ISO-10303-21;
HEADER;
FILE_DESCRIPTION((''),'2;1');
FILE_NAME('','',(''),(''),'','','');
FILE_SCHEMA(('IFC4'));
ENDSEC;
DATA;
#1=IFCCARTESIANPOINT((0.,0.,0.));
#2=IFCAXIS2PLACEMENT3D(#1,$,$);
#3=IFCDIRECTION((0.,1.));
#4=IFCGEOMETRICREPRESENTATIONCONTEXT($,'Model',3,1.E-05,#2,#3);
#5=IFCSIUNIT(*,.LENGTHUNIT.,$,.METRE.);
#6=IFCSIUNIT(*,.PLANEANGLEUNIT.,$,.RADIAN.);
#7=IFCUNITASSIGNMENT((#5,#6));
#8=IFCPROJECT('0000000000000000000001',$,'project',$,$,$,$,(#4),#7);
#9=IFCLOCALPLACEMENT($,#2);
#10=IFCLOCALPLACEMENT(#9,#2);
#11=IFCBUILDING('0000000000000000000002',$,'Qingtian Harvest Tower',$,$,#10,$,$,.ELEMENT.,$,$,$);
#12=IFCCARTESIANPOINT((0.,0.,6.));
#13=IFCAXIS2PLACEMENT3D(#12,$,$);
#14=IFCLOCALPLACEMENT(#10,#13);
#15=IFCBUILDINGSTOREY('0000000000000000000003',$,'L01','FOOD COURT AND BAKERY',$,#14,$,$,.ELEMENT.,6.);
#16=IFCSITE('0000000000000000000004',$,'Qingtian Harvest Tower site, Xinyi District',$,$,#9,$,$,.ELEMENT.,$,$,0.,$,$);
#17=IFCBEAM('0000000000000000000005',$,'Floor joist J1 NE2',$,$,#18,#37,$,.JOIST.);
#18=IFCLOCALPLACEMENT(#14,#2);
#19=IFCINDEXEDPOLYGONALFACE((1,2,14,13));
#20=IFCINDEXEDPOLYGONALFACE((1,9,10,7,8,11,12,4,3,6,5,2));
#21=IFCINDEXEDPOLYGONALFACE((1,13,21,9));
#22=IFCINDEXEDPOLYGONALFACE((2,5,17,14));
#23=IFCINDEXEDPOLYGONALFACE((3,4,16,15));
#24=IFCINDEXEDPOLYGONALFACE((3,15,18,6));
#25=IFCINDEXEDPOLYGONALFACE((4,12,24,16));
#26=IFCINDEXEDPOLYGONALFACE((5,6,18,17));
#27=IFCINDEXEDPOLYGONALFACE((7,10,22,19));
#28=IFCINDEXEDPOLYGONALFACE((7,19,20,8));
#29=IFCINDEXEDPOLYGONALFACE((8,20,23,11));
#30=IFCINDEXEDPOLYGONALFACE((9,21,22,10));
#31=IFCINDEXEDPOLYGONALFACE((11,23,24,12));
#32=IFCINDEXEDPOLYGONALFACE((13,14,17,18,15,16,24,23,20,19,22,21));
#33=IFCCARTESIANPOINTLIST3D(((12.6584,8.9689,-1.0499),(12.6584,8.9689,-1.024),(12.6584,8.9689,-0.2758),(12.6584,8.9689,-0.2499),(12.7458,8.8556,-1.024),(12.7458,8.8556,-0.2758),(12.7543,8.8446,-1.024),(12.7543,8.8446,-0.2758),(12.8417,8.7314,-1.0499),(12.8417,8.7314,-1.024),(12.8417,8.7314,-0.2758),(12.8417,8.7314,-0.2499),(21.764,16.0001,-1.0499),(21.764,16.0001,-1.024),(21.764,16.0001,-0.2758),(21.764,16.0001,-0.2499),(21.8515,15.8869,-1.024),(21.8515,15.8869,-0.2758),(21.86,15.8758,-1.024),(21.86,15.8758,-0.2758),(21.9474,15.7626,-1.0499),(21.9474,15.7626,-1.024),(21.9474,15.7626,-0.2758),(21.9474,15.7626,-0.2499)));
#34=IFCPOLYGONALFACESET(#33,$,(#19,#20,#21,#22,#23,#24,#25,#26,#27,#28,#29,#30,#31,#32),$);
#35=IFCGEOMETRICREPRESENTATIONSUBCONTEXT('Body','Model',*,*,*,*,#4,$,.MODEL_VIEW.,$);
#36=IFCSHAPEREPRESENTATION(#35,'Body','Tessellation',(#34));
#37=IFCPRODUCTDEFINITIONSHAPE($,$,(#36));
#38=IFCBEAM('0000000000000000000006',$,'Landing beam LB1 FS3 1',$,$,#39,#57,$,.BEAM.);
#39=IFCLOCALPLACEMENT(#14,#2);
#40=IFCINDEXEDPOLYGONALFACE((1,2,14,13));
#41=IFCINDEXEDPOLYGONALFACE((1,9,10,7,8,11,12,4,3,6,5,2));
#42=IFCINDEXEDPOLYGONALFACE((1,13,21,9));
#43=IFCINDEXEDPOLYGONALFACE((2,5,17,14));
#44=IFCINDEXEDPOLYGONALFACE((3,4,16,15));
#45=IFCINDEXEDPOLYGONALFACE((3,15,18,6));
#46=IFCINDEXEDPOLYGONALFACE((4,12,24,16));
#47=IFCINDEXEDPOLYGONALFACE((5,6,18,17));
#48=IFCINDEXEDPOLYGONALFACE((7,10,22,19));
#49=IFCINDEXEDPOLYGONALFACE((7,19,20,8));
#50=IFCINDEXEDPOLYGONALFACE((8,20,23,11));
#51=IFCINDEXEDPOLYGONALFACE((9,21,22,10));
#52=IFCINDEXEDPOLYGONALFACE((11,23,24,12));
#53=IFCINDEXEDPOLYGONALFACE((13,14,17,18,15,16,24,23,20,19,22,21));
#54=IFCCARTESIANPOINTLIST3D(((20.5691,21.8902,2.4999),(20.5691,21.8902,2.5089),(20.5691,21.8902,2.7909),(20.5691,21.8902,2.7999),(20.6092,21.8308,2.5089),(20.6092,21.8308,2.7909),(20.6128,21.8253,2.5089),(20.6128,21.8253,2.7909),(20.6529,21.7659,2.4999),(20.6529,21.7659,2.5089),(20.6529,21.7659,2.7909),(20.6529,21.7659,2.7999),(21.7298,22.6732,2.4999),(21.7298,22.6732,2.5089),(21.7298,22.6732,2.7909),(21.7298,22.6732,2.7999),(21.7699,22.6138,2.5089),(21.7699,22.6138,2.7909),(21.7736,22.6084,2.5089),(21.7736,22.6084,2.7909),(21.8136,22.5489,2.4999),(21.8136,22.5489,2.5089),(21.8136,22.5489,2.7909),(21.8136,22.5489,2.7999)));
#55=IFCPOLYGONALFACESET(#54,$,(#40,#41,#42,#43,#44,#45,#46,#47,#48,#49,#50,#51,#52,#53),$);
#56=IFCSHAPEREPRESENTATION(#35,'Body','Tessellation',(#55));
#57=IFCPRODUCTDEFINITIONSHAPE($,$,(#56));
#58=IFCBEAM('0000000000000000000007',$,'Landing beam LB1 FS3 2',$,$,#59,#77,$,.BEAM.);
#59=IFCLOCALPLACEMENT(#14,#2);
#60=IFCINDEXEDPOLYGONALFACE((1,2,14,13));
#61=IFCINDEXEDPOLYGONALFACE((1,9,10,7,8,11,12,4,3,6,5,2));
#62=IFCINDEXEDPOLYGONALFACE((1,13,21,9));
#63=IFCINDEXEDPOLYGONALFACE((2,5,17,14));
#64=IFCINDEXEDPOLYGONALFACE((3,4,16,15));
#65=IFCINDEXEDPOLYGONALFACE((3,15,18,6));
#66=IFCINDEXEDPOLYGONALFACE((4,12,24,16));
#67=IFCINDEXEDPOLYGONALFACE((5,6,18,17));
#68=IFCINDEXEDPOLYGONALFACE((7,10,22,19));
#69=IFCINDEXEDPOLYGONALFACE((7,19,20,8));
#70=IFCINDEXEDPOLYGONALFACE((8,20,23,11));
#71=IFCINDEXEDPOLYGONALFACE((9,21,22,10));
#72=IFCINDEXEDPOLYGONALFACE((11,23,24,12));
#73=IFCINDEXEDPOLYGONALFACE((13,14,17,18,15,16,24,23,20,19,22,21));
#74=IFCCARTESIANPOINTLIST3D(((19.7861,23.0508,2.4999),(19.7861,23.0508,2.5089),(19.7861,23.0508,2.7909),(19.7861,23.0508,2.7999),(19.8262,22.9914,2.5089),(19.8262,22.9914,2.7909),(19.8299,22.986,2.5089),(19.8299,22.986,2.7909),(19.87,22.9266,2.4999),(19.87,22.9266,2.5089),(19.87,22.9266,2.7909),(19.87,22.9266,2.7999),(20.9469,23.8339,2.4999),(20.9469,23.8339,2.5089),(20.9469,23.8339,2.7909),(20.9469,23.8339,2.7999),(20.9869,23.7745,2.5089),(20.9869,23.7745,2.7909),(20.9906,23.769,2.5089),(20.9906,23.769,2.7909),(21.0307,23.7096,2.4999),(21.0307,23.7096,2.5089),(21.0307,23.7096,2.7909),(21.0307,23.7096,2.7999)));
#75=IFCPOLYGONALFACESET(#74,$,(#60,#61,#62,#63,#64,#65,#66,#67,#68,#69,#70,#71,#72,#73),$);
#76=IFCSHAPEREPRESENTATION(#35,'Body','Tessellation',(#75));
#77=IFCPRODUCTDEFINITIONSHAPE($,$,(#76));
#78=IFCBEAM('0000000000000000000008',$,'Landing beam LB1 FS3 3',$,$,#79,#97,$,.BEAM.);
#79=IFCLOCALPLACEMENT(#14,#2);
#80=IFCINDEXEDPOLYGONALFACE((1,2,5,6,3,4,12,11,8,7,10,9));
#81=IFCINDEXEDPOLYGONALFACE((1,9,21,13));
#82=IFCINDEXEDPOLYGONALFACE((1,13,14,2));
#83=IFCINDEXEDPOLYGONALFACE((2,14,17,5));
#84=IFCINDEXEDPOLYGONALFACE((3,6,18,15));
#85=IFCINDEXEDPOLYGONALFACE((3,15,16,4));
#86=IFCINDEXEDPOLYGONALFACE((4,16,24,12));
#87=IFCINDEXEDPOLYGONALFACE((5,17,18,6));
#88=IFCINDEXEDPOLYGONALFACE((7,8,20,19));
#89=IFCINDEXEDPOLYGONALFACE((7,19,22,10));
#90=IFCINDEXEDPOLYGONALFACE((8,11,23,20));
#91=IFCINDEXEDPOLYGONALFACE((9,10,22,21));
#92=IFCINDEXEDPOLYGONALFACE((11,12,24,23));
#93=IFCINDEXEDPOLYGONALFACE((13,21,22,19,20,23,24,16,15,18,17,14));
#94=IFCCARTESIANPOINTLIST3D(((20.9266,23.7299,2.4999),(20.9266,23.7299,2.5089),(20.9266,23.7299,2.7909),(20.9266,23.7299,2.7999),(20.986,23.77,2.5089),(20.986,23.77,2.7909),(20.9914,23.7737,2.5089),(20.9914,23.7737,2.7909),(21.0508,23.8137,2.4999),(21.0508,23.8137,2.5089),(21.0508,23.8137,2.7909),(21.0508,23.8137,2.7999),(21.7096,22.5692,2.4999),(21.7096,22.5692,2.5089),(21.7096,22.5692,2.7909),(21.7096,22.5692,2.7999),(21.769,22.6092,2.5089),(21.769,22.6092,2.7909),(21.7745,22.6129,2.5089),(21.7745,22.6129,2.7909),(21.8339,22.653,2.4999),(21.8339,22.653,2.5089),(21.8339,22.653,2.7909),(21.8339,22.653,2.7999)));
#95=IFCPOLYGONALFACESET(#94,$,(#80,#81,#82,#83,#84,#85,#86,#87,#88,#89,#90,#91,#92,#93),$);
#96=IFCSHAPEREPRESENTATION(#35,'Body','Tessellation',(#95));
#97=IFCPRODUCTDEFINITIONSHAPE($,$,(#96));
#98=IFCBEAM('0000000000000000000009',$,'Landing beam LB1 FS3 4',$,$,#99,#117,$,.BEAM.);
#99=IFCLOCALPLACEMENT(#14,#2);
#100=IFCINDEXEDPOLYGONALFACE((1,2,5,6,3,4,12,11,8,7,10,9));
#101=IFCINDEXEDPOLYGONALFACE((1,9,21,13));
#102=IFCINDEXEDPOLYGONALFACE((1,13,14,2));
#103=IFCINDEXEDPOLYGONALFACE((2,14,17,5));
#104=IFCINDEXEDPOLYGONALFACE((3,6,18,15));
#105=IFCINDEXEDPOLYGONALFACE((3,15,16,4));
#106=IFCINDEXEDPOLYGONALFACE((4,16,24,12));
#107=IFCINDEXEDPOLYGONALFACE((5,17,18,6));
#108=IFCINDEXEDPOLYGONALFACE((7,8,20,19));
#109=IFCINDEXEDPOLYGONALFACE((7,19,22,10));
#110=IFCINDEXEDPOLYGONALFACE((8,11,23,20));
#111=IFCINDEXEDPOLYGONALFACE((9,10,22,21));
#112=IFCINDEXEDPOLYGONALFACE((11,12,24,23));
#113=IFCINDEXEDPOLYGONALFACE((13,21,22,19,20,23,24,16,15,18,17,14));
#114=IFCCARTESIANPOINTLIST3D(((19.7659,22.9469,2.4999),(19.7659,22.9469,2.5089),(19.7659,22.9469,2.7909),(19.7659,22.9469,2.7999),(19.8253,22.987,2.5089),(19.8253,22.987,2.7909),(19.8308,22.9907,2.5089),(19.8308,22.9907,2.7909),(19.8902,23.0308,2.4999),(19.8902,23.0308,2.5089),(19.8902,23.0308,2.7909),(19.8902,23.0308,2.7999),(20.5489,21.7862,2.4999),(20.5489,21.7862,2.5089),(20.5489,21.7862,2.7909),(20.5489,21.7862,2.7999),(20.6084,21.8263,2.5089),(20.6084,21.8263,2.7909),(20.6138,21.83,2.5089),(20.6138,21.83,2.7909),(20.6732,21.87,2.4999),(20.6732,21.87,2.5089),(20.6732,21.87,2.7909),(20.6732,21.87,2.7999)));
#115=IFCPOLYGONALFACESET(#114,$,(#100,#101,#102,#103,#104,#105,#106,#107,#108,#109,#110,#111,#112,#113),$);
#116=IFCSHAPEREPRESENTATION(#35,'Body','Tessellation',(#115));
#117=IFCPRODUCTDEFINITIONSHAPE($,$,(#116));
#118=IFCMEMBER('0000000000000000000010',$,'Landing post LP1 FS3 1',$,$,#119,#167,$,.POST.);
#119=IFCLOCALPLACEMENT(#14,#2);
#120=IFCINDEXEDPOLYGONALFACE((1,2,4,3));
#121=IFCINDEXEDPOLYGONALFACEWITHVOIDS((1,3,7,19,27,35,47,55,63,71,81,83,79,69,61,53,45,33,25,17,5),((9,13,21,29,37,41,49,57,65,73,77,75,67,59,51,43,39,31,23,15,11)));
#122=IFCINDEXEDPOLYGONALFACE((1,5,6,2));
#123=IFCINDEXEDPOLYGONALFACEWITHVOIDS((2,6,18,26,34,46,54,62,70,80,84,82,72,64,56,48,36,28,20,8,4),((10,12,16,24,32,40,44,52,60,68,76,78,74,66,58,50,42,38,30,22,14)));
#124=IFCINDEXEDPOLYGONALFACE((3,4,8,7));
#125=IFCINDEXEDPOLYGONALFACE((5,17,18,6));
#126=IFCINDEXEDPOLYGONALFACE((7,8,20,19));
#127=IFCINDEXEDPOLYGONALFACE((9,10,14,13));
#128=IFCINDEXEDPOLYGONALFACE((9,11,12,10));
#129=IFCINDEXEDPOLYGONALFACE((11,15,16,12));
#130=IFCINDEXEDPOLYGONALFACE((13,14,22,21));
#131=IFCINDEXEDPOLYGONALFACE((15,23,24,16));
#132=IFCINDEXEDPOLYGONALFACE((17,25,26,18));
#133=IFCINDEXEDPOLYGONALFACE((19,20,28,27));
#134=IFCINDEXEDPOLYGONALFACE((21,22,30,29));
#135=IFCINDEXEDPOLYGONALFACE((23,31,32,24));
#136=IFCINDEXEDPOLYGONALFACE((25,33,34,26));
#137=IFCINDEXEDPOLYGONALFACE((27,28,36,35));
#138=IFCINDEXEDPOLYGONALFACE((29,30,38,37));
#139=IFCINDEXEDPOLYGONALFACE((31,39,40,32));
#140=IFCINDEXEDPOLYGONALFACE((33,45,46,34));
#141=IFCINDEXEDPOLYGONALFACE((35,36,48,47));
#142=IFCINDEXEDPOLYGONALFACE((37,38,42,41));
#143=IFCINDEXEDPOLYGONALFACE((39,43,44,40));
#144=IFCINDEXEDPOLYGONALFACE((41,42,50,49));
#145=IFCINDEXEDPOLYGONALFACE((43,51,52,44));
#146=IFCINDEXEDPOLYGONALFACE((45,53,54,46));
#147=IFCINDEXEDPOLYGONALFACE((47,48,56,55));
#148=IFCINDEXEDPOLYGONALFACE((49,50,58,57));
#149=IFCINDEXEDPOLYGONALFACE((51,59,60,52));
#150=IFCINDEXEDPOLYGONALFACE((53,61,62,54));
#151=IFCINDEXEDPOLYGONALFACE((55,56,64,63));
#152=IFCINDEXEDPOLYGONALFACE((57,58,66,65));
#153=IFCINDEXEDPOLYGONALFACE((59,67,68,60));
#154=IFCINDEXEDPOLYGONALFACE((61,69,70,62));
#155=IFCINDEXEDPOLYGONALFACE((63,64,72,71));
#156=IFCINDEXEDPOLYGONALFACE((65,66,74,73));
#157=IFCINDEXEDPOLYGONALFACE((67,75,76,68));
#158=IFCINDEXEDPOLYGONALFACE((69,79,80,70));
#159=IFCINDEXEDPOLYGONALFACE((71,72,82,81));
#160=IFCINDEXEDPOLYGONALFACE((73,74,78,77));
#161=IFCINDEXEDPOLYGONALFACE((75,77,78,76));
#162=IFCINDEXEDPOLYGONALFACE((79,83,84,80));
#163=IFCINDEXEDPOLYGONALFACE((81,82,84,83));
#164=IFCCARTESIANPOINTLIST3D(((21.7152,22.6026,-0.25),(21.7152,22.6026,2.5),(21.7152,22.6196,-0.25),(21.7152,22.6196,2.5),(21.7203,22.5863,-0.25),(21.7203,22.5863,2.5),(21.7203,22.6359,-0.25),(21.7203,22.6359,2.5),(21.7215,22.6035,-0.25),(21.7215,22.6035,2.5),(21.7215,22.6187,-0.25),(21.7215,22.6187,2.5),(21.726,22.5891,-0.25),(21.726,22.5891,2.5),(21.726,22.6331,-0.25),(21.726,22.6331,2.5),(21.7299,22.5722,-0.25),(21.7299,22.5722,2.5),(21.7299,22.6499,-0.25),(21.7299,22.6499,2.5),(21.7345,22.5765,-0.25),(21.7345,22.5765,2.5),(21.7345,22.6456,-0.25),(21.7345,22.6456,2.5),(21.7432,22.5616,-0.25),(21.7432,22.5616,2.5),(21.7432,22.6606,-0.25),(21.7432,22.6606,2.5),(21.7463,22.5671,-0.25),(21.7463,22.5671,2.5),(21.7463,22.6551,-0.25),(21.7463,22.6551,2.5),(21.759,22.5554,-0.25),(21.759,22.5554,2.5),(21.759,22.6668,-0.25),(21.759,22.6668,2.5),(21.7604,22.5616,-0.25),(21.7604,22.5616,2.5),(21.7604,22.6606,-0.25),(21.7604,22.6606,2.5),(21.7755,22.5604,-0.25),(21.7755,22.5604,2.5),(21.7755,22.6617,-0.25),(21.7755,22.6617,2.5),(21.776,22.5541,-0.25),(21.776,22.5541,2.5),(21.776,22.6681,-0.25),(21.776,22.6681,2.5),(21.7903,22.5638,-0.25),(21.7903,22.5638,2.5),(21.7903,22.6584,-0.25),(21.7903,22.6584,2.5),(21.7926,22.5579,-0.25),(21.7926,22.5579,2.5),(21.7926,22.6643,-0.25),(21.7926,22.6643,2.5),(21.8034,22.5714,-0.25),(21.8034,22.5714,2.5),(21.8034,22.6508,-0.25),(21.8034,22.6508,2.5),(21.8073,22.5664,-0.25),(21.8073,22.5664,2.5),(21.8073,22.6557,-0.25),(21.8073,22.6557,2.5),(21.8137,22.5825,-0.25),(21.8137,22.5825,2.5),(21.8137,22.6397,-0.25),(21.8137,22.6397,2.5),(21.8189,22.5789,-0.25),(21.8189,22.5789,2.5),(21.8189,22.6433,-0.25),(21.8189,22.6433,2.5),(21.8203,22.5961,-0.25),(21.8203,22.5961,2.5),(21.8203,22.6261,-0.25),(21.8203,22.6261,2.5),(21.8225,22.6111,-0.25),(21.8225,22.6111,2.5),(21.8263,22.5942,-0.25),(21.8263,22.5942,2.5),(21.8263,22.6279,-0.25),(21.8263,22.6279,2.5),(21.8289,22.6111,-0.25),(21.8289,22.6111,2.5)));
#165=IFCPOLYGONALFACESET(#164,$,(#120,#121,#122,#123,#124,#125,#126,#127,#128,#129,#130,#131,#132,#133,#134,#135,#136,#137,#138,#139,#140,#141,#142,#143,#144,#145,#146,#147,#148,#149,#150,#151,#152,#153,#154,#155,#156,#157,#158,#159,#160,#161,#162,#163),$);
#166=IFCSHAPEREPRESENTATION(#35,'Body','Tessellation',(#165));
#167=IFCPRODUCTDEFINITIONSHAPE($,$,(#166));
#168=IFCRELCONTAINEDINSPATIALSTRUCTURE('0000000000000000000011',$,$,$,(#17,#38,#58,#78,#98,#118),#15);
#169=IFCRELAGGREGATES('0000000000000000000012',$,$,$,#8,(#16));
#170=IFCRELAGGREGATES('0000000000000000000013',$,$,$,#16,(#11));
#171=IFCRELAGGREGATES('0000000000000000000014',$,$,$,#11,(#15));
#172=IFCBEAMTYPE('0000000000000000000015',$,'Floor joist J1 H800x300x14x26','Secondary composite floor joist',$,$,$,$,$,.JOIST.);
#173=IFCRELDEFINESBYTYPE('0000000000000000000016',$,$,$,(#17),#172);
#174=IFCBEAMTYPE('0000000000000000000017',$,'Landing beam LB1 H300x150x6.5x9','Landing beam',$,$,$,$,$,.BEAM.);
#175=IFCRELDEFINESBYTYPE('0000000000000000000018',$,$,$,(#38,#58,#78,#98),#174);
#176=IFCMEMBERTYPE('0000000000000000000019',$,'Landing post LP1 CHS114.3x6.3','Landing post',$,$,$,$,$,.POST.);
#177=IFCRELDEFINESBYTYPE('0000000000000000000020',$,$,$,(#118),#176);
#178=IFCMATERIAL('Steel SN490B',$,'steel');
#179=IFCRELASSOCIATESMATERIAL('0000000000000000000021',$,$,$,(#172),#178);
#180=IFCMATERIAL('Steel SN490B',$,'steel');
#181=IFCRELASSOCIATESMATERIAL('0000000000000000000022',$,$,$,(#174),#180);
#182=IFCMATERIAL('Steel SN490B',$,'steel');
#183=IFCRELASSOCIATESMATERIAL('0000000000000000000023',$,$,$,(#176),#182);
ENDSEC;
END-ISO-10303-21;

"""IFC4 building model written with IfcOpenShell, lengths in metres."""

from ifc_helpers import new_model, si_unit, direction, frame, origin, origin_2d, place, context, subcontext, project, spatial, hollow_circle, i_section, extrude, material, material_profile, profile_set, type_object, element, save


model = new_model("IFC4")

# Units and contexts
model_context = context("Model", 3, precision=1e-05, world=origin(), true_north=direction((0.0, 1.0)))
body_context = subcontext(model_context, "Body", "Model", "MODEL_VIEW")
ifc_project = project(units=[si_unit("LENGTHUNIT", "METRE"), si_unit("PLANEANGLEUNIT", "RADIAN")], contexts=[model_context])

# Site, building, storey
site_placement = place(None, origin())
site = spatial("IfcSite", under=ifc_project, at=site_placement, Name="Qingtian Harvest Tower site, Xinyi District", CompositionType="ELEMENT", RefElevation=0.0)
building_placement = place(site_placement, origin())
building = spatial("IfcBuilding", under=site, at=building_placement, Name="Qingtian Harvest Tower", CompositionType="ELEMENT")
storey_placement = place(building_placement, frame((0.0, 0.0, 6.0)))
storey = spatial("IfcBuildingStorey", under=building, at=storey_placement, Name="L01", Description="FOOD COURT AND BAKERY", CompositionType="ELEMENT", Elevation=6.0)

# Beams
ifc_material_1 = material(Name="Steel SN490B", Category="steel")
ifc_material_profile_1 = material_profile(ifc_material_1, i_section(OverallWidth=0.3, OverallDepth=0.8, WebThickness=0.0139, FlangeThickness=0.0259, at=origin_2d()), Name="H800x300x14x26")
ifc_profile_set_1 = profile_set([ifc_material_profile_1], Name="Steel SN490B")
beam_type_1 = type_object("IfcBeamType", Name="Floor joist J1 H800x300x14x26", Description="Secondary composite floor joist", PredefinedType="JOIST", material=ifc_profile_set_1)
beam_1_placement = place(storey_placement, frame((21.8557, 15.8813, -0.6499), z_axis=(-0.791495, -0.611176, 0.0), x_axis=(0.611176, -0.791495, 0.0)))
element("IfcBeam", 1, at=beam_1_placement, inside=storey, type_object=beam_type_1, Name="Floor joist J1 NE2", PredefinedType="JOIST", context=body_context, shape_type="SweptSolid", body=[
    extrude(i_section(OverallWidth=0.3, OverallDepth=0.8, WebThickness=0.0139, FlangeThickness=0.0259, at=origin_2d()), origin(), (0.0, 0.0, 1.0), 11.5044),
])
ifc_material_2 = material(Name="Steel SN490B", Category="steel")
ifc_material_profile_2 = material_profile(ifc_material_2, i_section(OverallWidth=0.1499, OverallDepth=0.3, WebThickness=0.0066, FlangeThickness=0.009, at=origin_2d()), Name="H300x150x6.5x9")
ifc_profile_set_2 = profile_set([ifc_material_profile_2], Name="Steel SN490B")
beam_type_2 = type_object("IfcBeamType", Name="Landing beam LB1 H300x150x6.5x9", Description="Landing beam", PredefinedType="BEAM", material=ifc_profile_set_2)
for number, where, z_axis, x_axis, name in (
    (2, (21.7717, 22.6111, 2.6499), (-0.829006, -0.559239, 0.0), (0.559239, -0.829006, 0.0), "Landing beam LB1 FS3 1"),
    (3, (20.9888, 23.7717, 2.6499), (-0.829006, -0.559239, 0.0), (0.559239, -0.829006, 0.0), "Landing beam LB1 FS3 2"),
    (4, (21.7717, 22.6111, 2.6499), (-0.559239, 0.829006, 0.0), (-0.829006, -0.559239, 0.0), "Landing beam LB1 FS3 3"),
    (5, (20.6111, 21.8281, 2.6499), (-0.559239, 0.829006, 0.0), (-0.829006, -0.559239, 0.0), "Landing beam LB1 FS3 4"),
):
    element("IfcBeam", number, at=place(storey_placement, frame(where, z_axis=z_axis, x_axis=x_axis)), inside=storey, type_object=beam_type_2, Name=name, PredefinedType="BEAM", context=body_context, shape_type="SweptSolid", body=[
        extrude(i_section(OverallWidth=0.1499, OverallDepth=0.3, WebThickness=0.0066, FlangeThickness=0.009, at=origin_2d()), origin(), (0.0, 0.0, 1.0), 1.4001),
    ])

# Member
ifc_material_3 = material(Name="Steel SN490B", Category="steel")
ifc_material_profile_3 = material_profile(ifc_material_3, hollow_circle(Radius=0.0571, WallThickness=0.0063, at=origin_2d()), Name="CHS114.3x6.3")
ifc_profile_set_3 = profile_set([ifc_material_profile_3], Name="Steel SN490B")
member_type_1 = type_object("IfcMemberType", Name="Landing post LP1 CHS114.3x6.3", Description="Landing post", PredefinedType="POST", material=ifc_profile_set_3)
for number, where, z_axis, x_axis, name in (
    (6, (21.7717, 22.6111, -0.25), (0.0, 0.0, 1.0), (1.0, 0.0, 0.0), "Landing post LP1 FS3 1"),
):
    element("IfcMember", number, at=place(storey_placement, frame(where, z_axis=z_axis, x_axis=x_axis)), inside=storey, type_object=member_type_1, Name=name, PredefinedType="POST", context=body_context, shape_type="SweptSolid", body=[
        extrude(hollow_circle(Radius=0.0571, WallThickness=0.0063, at=origin_2d()), origin(), (0.0, 0.0, 1.0), 2.75),
    ])

save(model, "model.ifc")
